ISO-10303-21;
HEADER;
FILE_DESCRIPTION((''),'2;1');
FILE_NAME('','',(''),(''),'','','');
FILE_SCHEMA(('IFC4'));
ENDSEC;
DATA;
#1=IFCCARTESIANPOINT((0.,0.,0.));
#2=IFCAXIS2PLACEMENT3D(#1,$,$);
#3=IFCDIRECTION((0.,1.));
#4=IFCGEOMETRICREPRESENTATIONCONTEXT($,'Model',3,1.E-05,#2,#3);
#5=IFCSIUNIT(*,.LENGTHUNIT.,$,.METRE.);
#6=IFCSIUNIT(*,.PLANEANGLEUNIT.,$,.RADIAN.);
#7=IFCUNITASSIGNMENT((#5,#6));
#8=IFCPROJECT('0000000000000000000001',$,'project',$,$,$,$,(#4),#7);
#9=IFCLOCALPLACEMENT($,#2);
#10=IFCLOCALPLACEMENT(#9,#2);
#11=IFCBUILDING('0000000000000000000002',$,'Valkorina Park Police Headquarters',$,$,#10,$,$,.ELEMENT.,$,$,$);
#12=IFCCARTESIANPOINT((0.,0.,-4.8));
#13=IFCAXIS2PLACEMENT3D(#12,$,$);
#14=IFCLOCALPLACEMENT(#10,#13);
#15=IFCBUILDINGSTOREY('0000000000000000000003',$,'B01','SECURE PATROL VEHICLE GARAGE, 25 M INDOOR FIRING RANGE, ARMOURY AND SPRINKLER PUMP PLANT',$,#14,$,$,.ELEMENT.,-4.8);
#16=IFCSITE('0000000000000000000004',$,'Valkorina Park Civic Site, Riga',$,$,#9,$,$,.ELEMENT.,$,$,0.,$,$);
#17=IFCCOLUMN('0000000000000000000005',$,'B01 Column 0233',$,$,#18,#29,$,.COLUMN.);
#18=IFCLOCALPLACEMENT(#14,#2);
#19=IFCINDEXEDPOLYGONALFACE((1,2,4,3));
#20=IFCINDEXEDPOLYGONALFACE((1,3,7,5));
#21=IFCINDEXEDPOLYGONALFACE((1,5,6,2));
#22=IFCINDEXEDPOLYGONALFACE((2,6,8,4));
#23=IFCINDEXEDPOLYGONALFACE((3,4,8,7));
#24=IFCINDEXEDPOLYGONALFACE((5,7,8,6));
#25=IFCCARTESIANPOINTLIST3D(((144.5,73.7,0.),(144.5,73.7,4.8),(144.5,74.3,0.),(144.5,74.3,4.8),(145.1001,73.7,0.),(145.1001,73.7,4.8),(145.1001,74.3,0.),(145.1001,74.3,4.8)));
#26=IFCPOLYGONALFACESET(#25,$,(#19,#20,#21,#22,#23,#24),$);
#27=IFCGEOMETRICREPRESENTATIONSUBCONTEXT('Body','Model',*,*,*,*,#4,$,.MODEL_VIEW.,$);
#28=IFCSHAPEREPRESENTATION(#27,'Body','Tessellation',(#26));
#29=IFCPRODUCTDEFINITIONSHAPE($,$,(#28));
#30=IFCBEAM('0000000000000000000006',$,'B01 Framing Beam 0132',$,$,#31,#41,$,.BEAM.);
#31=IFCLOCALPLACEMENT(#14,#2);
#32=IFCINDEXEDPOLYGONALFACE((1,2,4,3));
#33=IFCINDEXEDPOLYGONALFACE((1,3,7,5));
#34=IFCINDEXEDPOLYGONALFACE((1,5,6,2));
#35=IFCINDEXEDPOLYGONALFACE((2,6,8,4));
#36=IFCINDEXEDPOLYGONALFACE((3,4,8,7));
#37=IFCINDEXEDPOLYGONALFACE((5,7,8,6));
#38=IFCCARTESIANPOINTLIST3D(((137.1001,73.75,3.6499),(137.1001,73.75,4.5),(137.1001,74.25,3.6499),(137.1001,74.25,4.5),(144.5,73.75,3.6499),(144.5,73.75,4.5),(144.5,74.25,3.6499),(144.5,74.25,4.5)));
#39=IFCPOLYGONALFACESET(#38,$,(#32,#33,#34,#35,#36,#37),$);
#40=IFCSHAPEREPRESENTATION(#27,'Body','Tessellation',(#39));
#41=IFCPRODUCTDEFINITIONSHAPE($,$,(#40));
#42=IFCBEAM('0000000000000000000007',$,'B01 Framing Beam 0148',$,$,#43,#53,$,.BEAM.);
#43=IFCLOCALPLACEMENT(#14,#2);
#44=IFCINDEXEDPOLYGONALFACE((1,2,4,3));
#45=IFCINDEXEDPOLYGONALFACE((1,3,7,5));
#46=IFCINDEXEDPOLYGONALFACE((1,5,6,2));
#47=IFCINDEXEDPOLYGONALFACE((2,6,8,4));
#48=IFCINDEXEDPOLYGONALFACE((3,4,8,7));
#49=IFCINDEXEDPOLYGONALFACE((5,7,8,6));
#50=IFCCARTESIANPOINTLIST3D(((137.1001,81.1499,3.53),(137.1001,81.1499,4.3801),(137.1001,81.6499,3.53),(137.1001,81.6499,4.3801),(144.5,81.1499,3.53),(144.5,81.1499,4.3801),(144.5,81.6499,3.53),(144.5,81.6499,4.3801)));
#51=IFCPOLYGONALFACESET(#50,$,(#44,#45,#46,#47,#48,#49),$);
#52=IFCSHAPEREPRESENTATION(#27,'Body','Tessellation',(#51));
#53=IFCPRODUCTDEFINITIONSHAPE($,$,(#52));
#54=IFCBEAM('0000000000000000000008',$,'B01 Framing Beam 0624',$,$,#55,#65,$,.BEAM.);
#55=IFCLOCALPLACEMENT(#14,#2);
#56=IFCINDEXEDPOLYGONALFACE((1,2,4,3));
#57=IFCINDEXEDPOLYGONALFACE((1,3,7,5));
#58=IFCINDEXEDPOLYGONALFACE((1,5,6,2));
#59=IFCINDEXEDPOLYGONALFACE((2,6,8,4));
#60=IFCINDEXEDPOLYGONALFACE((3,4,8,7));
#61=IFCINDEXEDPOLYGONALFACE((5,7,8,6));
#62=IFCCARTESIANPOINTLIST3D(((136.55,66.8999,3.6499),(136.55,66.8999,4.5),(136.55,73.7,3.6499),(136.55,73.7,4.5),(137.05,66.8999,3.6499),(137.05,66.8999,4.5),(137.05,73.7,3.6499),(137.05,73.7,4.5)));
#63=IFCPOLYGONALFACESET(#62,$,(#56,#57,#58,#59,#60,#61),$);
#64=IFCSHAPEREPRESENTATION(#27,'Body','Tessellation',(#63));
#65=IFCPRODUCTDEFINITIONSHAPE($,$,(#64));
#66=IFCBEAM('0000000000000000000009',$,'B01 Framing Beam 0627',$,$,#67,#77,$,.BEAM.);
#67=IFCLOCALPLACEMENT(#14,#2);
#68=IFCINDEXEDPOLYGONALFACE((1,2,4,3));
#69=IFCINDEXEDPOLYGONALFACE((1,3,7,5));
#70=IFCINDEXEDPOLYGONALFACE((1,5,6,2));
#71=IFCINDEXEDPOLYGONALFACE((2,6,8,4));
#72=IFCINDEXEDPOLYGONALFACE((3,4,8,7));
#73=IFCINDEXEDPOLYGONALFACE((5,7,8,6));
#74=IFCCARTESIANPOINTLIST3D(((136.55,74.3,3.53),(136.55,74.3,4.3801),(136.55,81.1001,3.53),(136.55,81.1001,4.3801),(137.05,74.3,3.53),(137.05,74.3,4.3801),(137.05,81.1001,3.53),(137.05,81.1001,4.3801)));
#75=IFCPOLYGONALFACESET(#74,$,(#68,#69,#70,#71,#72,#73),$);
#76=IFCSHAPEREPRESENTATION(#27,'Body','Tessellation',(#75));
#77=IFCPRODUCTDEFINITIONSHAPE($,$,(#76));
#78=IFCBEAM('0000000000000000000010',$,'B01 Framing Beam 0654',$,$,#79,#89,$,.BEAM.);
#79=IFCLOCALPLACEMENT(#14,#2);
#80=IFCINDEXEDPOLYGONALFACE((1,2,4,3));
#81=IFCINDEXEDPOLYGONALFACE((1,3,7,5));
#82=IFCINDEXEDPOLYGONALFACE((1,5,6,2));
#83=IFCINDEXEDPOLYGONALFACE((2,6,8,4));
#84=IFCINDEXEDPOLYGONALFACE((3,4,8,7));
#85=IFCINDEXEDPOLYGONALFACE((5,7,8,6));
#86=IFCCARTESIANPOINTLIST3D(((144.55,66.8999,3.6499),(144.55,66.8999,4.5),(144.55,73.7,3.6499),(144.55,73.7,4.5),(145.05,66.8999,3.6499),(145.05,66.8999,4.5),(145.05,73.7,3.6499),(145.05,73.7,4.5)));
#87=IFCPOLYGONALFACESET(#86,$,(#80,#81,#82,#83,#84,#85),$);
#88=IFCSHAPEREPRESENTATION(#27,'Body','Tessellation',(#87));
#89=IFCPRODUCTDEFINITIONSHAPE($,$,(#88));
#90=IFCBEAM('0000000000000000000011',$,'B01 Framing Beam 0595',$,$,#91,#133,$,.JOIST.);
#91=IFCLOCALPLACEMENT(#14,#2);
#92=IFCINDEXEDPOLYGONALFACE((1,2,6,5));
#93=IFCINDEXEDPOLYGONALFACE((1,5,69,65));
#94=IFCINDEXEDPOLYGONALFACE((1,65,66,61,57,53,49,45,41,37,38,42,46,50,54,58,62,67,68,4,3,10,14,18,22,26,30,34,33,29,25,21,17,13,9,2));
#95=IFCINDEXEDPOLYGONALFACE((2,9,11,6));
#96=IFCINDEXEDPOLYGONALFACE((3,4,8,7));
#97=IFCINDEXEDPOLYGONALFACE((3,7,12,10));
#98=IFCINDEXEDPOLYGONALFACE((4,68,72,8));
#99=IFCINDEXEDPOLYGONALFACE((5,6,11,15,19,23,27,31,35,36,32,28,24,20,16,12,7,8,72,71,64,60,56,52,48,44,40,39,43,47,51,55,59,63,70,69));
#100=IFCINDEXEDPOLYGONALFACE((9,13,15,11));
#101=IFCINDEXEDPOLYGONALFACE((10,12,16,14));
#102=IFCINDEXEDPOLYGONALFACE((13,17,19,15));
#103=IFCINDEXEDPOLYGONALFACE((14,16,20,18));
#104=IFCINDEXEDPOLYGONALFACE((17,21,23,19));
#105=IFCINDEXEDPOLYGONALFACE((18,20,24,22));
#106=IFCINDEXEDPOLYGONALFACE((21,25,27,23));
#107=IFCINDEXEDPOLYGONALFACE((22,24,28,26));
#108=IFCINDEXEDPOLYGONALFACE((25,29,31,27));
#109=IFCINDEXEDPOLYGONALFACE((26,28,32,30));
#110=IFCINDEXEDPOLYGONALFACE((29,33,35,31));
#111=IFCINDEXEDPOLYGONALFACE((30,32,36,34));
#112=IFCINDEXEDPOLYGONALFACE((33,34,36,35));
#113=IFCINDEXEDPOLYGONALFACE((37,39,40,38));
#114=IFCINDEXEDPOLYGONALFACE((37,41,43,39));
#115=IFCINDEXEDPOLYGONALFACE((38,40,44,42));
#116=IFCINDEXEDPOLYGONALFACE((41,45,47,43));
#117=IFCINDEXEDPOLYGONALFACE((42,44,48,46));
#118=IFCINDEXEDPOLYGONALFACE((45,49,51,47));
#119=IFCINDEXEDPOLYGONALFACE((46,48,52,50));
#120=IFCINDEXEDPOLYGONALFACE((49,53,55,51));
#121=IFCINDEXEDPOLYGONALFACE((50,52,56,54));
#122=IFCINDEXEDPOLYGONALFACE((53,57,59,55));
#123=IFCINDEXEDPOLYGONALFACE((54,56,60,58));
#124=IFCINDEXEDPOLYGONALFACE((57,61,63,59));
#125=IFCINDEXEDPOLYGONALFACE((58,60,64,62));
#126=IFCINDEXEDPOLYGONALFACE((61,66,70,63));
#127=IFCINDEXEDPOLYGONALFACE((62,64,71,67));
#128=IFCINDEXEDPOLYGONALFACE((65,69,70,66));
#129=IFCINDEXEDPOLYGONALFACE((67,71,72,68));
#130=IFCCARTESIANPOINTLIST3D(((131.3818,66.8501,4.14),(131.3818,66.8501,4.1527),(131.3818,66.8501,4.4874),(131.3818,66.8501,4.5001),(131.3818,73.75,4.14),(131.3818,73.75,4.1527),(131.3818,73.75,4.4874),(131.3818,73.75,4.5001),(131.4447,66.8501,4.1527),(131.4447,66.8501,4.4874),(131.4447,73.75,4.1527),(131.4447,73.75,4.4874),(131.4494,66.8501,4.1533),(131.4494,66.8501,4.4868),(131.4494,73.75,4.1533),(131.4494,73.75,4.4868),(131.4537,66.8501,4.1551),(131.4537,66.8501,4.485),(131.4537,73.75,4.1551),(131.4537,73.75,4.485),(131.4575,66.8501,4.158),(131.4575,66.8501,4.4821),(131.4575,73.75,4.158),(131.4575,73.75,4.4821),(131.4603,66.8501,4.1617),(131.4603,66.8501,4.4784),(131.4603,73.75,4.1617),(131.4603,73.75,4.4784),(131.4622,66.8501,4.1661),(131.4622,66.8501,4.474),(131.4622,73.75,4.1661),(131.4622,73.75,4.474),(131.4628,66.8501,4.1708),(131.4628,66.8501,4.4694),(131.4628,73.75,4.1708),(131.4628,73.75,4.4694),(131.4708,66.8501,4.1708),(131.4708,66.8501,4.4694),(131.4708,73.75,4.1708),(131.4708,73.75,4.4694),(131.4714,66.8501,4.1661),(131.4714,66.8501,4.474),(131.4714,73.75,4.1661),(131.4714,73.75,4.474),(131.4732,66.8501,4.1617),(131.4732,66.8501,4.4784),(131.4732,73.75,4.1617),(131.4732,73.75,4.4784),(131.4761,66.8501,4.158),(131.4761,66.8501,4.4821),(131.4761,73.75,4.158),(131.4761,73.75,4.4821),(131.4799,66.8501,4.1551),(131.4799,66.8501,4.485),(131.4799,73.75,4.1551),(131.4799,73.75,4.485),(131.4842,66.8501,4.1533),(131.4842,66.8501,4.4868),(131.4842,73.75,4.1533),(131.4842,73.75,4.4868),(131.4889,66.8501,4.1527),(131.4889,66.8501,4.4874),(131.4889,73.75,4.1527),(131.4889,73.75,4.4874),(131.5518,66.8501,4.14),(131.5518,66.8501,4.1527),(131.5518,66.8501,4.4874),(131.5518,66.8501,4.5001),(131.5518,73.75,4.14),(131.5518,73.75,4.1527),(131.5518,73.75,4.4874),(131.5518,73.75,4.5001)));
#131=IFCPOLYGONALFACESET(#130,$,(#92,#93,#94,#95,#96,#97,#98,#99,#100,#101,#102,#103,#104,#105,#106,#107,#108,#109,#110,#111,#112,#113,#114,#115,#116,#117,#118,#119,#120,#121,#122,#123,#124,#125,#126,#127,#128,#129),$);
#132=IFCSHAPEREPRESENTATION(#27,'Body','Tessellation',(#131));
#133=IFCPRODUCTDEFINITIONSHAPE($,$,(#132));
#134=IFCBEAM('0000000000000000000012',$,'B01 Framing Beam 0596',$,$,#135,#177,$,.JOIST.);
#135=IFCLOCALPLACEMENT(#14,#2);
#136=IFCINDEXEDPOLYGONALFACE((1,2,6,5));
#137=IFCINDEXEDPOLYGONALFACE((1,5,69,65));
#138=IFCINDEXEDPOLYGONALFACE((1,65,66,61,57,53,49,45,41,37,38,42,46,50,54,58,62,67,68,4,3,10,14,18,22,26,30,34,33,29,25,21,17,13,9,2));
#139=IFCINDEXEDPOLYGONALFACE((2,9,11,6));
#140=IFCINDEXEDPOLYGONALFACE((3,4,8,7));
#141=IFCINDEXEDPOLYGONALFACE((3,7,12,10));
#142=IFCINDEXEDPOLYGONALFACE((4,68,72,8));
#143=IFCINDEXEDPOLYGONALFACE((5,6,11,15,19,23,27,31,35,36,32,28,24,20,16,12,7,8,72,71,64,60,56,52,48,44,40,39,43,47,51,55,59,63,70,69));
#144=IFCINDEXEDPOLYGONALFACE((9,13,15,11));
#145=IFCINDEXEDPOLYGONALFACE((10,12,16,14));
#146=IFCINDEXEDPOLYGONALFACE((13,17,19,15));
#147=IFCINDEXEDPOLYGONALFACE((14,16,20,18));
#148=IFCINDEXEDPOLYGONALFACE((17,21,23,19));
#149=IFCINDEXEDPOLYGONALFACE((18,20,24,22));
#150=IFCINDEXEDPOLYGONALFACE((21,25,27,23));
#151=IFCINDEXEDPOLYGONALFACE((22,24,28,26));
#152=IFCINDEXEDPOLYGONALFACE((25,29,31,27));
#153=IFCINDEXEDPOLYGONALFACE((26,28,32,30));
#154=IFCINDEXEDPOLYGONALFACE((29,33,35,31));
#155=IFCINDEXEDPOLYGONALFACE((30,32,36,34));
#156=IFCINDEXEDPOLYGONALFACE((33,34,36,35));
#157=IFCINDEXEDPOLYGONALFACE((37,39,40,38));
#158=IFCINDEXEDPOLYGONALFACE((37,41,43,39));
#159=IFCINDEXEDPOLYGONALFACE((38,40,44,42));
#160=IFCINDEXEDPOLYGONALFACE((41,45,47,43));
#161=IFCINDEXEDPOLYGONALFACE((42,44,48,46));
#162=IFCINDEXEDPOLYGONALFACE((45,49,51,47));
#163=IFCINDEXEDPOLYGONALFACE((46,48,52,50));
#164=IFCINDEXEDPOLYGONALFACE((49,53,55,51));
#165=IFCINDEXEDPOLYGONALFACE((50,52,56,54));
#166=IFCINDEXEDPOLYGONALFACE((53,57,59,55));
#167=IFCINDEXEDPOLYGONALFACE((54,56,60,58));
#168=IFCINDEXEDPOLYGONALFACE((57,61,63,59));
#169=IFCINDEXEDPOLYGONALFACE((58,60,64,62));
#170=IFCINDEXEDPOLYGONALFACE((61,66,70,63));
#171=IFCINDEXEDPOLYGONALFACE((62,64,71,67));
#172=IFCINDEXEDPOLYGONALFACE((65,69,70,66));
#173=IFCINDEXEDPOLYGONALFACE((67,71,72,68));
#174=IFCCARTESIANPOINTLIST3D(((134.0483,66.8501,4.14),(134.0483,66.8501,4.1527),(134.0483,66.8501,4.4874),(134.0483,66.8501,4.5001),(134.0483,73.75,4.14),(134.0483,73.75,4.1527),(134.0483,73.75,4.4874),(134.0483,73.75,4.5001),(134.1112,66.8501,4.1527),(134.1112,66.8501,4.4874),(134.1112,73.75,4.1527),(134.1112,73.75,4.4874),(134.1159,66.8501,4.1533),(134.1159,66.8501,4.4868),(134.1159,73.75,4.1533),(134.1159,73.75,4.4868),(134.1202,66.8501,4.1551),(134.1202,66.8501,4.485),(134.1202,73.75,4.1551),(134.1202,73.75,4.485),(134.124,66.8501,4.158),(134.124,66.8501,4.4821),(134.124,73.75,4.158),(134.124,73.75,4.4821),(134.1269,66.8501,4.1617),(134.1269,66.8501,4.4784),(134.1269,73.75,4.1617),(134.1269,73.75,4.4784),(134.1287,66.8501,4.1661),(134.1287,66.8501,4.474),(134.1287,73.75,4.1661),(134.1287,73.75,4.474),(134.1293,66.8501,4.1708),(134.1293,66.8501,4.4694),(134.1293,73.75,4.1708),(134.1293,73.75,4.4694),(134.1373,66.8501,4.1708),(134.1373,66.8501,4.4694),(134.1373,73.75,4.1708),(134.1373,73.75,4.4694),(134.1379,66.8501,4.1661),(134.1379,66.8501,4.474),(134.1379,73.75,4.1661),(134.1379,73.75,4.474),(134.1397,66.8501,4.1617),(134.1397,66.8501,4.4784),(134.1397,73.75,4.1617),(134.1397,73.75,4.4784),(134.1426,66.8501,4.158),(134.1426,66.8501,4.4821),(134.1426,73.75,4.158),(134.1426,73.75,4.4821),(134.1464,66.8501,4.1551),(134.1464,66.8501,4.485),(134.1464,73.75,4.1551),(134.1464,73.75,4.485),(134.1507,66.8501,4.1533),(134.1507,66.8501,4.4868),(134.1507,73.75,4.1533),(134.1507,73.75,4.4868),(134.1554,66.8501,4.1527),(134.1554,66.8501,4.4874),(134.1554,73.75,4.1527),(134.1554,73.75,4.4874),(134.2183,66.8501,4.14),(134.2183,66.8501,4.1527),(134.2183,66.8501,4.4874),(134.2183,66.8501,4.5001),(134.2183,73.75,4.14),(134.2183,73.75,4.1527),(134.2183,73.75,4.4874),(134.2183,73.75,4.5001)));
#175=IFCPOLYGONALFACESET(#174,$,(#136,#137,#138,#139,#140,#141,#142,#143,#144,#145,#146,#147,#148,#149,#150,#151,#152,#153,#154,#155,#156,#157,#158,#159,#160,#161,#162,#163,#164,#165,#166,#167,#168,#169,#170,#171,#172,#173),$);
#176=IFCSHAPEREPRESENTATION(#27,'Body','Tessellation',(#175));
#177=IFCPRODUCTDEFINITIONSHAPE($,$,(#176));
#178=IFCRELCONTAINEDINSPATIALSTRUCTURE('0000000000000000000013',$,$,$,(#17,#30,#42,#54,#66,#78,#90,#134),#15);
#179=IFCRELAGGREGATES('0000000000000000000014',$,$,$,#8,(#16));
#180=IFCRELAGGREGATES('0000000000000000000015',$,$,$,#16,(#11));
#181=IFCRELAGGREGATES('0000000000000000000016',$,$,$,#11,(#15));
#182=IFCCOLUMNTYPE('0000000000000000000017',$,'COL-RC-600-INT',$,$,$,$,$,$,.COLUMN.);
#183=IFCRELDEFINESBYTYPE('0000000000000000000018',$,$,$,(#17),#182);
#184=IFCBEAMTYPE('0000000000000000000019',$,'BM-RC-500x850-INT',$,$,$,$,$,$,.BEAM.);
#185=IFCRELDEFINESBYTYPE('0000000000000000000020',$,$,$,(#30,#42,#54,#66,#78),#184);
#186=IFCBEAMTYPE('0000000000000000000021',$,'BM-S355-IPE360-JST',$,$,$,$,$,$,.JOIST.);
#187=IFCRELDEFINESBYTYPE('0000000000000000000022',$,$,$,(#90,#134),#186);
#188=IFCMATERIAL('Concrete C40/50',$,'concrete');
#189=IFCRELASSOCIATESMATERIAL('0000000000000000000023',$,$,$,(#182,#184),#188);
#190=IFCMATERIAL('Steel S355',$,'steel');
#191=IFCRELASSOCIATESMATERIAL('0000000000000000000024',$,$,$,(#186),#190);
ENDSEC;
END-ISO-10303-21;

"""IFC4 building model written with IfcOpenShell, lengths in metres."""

from ifc_helpers import new_model, si_unit, direction, frame, origin, origin_2d, place, context, subcontext, project, spatial, rectangle, i_section, extrude, material, material_profile, profile_set, type_object, element, save


model = new_model("IFC4")

# Units and contexts
model_context = context("Model", 3, precision=1e-05, world=origin(), true_north=direction((0.0, 1.0)))
body_context = subcontext(model_context, "Body", "Model", "MODEL_VIEW")
ifc_project = project(units=[si_unit("LENGTHUNIT", "METRE"), si_unit("PLANEANGLEUNIT", "RADIAN")], contexts=[model_context])

# Site, building, storey
site_placement = place(None, origin())
site = spatial("IfcSite", under=ifc_project, at=site_placement, Name="Valkorina Park Civic Site, Riga", CompositionType="ELEMENT", RefElevation=0.0)
building_placement = place(site_placement, origin())
building = spatial("IfcBuilding", under=site, at=building_placement, Name="Valkorina Park Police Headquarters", CompositionType="ELEMENT")
storey_placement = place(building_placement, frame((0.0, 0.0, -4.8)))
storey = spatial("IfcBuildingStorey", under=building, at=storey_placement, Name="B01", Description="SECURE PATROL VEHICLE GARAGE, 25 M INDOOR FIRING RANGE, ARMOURY AND SPRINKLER PUMP PLANT", CompositionType="ELEMENT", Elevation=-4.8)

# Column
ifc_material_1 = material(Name="Concrete C40/50", Category="concrete")
ifc_material_profile_1 = material_profile(ifc_material_1, rectangle(XDim=0.6001, YDim=0.6001, at=origin_2d()), Name="RC COL 600x600")
ifc_profile_set_1 = profile_set([ifc_material_profile_1], Name="Concrete C40/50")
column_type = type_object("IfcColumnType", Name="COL-RC-600-INT", PredefinedType="COLUMN", material=ifc_profile_set_1)
for number, where, z_axis, x_axis, name in (
    (1, (144.8, 74.0, 0.0), (0.0, 0.0, 1.0), (1.0, 0.0, 0.0), "B01 Column 0233"),
):
    element("IfcColumn", number, at=place(storey_placement, frame(where, z_axis=z_axis, x_axis=x_axis)), inside=storey, type_object=column_type, Name=name, PredefinedType="COLUMN", context=body_context, shape_type="SweptSolid", body=[
        extrude(rectangle(XDim=0.6001, YDim=0.6001, at=origin_2d()), origin(), (0.0, 0.0, 1.0), 4.8),
    ])

# Beams
ifc_material_profile_2 = material_profile(ifc_material_1, rectangle(XDim=0.5, YDim=0.8501, at=origin_2d()), Name="RC BEAM 500x850")
ifc_profile_set_2 = profile_set([ifc_material_profile_2], Name="Concrete C40/50")
beam_type_1 = type_object("IfcBeamType", Name="BM-RC-500x850-INT", PredefinedType="BEAM", material=ifc_profile_set_2)
for number, where, z_axis, x_axis, name in (
    (2, (137.1001, 74.0, 4.075), (1.0, 0.0, 0.0), (0.0, 1.0, 0.0), "B01 Framing Beam 0132"),
    (3, (137.1001, 81.3999, 3.9551), (1.0, 0.0, 0.0), (0.0, 1.0, 0.0), "B01 Framing Beam 0148"),
):
    element("IfcBeam", number, at=place(storey_placement, frame(where, z_axis=z_axis, x_axis=x_axis)), inside=storey, type_object=beam_type_1, Name=name, PredefinedType="BEAM", context=body_context, shape_type="SweptSolid", body=[
        extrude(rectangle(XDim=0.5, YDim=0.8501, at=origin_2d()), origin(), (0.0, 0.0, 1.0), 7.3999),
    ])
for number, where, z_axis, x_axis, name in (
    (4, (136.8, 66.8999, 4.075), (0.0, 1.0, 0.0), (-1.0, 0.0, 0.0), "B01 Framing Beam 0624"),
    (5, (136.8, 74.3, 3.9551), (0.0, 1.0, 0.0), (-1.0, 0.0, 0.0), "B01 Framing Beam 0627"),
    (6, (144.8, 66.8999, 4.075), (0.0, 1.0, 0.0), (-1.0, 0.0, 0.0), "B01 Framing Beam 0654"),
):
    element("IfcBeam", number, at=place(storey_placement, frame(where, z_axis=z_axis, x_axis=x_axis)), inside=storey, type_object=beam_type_1, Name=name, PredefinedType="BEAM", context=body_context, shape_type="SweptSolid", body=[
        extrude(rectangle(XDim=0.5, YDim=0.8501, at=origin_2d()), origin(), (0.0, 0.0, 1.0), 6.8),
    ])
ifc_material_2 = material(Name="Steel S355", Category="steel")
ifc_material_profile_3 = material_profile(ifc_material_2, i_section(OverallWidth=0.1699, OverallDepth=0.3601, WebThickness=0.0081, FlangeThickness=0.0127, FilletRadius=0.0181, at=origin_2d()), Name="IPE 360")
ifc_profile_set_3 = profile_set([ifc_material_profile_3], Name="Steel S355")
beam_type_2 = type_object("IfcBeamType", Name="BM-S355-IPE360-JST", PredefinedType="JOIST", material=ifc_profile_set_3)
for number, where, z_axis, x_axis, name in (
    (7, (131.4668, 66.8501, 4.3201), (0.0, 1.0, 0.0), (-1.0, 0.0, 0.0), "B01 Framing Beam 0595"),
    (8, (134.1333, 66.8501, 4.3201), (0.0, 1.0, 0.0), (-1.0, 0.0, 0.0), "B01 Framing Beam 0596"),
):
    element("IfcBeam", number, at=place(storey_placement, frame(where, z_axis=z_axis, x_axis=x_axis)), inside=storey, type_object=beam_type_2, Name=name, PredefinedType="JOIST", context=body_context, shape_type="SweptSolid", body=[
        extrude(i_section(OverallWidth=0.1699, OverallDepth=0.3601, WebThickness=0.0081, FlangeThickness=0.0127, FilletRadius=0.0181, at=origin_2d()), origin(), (0.0, 0.0, 1.0), 6.8999),
    ])

save(model, "model.ifc")
